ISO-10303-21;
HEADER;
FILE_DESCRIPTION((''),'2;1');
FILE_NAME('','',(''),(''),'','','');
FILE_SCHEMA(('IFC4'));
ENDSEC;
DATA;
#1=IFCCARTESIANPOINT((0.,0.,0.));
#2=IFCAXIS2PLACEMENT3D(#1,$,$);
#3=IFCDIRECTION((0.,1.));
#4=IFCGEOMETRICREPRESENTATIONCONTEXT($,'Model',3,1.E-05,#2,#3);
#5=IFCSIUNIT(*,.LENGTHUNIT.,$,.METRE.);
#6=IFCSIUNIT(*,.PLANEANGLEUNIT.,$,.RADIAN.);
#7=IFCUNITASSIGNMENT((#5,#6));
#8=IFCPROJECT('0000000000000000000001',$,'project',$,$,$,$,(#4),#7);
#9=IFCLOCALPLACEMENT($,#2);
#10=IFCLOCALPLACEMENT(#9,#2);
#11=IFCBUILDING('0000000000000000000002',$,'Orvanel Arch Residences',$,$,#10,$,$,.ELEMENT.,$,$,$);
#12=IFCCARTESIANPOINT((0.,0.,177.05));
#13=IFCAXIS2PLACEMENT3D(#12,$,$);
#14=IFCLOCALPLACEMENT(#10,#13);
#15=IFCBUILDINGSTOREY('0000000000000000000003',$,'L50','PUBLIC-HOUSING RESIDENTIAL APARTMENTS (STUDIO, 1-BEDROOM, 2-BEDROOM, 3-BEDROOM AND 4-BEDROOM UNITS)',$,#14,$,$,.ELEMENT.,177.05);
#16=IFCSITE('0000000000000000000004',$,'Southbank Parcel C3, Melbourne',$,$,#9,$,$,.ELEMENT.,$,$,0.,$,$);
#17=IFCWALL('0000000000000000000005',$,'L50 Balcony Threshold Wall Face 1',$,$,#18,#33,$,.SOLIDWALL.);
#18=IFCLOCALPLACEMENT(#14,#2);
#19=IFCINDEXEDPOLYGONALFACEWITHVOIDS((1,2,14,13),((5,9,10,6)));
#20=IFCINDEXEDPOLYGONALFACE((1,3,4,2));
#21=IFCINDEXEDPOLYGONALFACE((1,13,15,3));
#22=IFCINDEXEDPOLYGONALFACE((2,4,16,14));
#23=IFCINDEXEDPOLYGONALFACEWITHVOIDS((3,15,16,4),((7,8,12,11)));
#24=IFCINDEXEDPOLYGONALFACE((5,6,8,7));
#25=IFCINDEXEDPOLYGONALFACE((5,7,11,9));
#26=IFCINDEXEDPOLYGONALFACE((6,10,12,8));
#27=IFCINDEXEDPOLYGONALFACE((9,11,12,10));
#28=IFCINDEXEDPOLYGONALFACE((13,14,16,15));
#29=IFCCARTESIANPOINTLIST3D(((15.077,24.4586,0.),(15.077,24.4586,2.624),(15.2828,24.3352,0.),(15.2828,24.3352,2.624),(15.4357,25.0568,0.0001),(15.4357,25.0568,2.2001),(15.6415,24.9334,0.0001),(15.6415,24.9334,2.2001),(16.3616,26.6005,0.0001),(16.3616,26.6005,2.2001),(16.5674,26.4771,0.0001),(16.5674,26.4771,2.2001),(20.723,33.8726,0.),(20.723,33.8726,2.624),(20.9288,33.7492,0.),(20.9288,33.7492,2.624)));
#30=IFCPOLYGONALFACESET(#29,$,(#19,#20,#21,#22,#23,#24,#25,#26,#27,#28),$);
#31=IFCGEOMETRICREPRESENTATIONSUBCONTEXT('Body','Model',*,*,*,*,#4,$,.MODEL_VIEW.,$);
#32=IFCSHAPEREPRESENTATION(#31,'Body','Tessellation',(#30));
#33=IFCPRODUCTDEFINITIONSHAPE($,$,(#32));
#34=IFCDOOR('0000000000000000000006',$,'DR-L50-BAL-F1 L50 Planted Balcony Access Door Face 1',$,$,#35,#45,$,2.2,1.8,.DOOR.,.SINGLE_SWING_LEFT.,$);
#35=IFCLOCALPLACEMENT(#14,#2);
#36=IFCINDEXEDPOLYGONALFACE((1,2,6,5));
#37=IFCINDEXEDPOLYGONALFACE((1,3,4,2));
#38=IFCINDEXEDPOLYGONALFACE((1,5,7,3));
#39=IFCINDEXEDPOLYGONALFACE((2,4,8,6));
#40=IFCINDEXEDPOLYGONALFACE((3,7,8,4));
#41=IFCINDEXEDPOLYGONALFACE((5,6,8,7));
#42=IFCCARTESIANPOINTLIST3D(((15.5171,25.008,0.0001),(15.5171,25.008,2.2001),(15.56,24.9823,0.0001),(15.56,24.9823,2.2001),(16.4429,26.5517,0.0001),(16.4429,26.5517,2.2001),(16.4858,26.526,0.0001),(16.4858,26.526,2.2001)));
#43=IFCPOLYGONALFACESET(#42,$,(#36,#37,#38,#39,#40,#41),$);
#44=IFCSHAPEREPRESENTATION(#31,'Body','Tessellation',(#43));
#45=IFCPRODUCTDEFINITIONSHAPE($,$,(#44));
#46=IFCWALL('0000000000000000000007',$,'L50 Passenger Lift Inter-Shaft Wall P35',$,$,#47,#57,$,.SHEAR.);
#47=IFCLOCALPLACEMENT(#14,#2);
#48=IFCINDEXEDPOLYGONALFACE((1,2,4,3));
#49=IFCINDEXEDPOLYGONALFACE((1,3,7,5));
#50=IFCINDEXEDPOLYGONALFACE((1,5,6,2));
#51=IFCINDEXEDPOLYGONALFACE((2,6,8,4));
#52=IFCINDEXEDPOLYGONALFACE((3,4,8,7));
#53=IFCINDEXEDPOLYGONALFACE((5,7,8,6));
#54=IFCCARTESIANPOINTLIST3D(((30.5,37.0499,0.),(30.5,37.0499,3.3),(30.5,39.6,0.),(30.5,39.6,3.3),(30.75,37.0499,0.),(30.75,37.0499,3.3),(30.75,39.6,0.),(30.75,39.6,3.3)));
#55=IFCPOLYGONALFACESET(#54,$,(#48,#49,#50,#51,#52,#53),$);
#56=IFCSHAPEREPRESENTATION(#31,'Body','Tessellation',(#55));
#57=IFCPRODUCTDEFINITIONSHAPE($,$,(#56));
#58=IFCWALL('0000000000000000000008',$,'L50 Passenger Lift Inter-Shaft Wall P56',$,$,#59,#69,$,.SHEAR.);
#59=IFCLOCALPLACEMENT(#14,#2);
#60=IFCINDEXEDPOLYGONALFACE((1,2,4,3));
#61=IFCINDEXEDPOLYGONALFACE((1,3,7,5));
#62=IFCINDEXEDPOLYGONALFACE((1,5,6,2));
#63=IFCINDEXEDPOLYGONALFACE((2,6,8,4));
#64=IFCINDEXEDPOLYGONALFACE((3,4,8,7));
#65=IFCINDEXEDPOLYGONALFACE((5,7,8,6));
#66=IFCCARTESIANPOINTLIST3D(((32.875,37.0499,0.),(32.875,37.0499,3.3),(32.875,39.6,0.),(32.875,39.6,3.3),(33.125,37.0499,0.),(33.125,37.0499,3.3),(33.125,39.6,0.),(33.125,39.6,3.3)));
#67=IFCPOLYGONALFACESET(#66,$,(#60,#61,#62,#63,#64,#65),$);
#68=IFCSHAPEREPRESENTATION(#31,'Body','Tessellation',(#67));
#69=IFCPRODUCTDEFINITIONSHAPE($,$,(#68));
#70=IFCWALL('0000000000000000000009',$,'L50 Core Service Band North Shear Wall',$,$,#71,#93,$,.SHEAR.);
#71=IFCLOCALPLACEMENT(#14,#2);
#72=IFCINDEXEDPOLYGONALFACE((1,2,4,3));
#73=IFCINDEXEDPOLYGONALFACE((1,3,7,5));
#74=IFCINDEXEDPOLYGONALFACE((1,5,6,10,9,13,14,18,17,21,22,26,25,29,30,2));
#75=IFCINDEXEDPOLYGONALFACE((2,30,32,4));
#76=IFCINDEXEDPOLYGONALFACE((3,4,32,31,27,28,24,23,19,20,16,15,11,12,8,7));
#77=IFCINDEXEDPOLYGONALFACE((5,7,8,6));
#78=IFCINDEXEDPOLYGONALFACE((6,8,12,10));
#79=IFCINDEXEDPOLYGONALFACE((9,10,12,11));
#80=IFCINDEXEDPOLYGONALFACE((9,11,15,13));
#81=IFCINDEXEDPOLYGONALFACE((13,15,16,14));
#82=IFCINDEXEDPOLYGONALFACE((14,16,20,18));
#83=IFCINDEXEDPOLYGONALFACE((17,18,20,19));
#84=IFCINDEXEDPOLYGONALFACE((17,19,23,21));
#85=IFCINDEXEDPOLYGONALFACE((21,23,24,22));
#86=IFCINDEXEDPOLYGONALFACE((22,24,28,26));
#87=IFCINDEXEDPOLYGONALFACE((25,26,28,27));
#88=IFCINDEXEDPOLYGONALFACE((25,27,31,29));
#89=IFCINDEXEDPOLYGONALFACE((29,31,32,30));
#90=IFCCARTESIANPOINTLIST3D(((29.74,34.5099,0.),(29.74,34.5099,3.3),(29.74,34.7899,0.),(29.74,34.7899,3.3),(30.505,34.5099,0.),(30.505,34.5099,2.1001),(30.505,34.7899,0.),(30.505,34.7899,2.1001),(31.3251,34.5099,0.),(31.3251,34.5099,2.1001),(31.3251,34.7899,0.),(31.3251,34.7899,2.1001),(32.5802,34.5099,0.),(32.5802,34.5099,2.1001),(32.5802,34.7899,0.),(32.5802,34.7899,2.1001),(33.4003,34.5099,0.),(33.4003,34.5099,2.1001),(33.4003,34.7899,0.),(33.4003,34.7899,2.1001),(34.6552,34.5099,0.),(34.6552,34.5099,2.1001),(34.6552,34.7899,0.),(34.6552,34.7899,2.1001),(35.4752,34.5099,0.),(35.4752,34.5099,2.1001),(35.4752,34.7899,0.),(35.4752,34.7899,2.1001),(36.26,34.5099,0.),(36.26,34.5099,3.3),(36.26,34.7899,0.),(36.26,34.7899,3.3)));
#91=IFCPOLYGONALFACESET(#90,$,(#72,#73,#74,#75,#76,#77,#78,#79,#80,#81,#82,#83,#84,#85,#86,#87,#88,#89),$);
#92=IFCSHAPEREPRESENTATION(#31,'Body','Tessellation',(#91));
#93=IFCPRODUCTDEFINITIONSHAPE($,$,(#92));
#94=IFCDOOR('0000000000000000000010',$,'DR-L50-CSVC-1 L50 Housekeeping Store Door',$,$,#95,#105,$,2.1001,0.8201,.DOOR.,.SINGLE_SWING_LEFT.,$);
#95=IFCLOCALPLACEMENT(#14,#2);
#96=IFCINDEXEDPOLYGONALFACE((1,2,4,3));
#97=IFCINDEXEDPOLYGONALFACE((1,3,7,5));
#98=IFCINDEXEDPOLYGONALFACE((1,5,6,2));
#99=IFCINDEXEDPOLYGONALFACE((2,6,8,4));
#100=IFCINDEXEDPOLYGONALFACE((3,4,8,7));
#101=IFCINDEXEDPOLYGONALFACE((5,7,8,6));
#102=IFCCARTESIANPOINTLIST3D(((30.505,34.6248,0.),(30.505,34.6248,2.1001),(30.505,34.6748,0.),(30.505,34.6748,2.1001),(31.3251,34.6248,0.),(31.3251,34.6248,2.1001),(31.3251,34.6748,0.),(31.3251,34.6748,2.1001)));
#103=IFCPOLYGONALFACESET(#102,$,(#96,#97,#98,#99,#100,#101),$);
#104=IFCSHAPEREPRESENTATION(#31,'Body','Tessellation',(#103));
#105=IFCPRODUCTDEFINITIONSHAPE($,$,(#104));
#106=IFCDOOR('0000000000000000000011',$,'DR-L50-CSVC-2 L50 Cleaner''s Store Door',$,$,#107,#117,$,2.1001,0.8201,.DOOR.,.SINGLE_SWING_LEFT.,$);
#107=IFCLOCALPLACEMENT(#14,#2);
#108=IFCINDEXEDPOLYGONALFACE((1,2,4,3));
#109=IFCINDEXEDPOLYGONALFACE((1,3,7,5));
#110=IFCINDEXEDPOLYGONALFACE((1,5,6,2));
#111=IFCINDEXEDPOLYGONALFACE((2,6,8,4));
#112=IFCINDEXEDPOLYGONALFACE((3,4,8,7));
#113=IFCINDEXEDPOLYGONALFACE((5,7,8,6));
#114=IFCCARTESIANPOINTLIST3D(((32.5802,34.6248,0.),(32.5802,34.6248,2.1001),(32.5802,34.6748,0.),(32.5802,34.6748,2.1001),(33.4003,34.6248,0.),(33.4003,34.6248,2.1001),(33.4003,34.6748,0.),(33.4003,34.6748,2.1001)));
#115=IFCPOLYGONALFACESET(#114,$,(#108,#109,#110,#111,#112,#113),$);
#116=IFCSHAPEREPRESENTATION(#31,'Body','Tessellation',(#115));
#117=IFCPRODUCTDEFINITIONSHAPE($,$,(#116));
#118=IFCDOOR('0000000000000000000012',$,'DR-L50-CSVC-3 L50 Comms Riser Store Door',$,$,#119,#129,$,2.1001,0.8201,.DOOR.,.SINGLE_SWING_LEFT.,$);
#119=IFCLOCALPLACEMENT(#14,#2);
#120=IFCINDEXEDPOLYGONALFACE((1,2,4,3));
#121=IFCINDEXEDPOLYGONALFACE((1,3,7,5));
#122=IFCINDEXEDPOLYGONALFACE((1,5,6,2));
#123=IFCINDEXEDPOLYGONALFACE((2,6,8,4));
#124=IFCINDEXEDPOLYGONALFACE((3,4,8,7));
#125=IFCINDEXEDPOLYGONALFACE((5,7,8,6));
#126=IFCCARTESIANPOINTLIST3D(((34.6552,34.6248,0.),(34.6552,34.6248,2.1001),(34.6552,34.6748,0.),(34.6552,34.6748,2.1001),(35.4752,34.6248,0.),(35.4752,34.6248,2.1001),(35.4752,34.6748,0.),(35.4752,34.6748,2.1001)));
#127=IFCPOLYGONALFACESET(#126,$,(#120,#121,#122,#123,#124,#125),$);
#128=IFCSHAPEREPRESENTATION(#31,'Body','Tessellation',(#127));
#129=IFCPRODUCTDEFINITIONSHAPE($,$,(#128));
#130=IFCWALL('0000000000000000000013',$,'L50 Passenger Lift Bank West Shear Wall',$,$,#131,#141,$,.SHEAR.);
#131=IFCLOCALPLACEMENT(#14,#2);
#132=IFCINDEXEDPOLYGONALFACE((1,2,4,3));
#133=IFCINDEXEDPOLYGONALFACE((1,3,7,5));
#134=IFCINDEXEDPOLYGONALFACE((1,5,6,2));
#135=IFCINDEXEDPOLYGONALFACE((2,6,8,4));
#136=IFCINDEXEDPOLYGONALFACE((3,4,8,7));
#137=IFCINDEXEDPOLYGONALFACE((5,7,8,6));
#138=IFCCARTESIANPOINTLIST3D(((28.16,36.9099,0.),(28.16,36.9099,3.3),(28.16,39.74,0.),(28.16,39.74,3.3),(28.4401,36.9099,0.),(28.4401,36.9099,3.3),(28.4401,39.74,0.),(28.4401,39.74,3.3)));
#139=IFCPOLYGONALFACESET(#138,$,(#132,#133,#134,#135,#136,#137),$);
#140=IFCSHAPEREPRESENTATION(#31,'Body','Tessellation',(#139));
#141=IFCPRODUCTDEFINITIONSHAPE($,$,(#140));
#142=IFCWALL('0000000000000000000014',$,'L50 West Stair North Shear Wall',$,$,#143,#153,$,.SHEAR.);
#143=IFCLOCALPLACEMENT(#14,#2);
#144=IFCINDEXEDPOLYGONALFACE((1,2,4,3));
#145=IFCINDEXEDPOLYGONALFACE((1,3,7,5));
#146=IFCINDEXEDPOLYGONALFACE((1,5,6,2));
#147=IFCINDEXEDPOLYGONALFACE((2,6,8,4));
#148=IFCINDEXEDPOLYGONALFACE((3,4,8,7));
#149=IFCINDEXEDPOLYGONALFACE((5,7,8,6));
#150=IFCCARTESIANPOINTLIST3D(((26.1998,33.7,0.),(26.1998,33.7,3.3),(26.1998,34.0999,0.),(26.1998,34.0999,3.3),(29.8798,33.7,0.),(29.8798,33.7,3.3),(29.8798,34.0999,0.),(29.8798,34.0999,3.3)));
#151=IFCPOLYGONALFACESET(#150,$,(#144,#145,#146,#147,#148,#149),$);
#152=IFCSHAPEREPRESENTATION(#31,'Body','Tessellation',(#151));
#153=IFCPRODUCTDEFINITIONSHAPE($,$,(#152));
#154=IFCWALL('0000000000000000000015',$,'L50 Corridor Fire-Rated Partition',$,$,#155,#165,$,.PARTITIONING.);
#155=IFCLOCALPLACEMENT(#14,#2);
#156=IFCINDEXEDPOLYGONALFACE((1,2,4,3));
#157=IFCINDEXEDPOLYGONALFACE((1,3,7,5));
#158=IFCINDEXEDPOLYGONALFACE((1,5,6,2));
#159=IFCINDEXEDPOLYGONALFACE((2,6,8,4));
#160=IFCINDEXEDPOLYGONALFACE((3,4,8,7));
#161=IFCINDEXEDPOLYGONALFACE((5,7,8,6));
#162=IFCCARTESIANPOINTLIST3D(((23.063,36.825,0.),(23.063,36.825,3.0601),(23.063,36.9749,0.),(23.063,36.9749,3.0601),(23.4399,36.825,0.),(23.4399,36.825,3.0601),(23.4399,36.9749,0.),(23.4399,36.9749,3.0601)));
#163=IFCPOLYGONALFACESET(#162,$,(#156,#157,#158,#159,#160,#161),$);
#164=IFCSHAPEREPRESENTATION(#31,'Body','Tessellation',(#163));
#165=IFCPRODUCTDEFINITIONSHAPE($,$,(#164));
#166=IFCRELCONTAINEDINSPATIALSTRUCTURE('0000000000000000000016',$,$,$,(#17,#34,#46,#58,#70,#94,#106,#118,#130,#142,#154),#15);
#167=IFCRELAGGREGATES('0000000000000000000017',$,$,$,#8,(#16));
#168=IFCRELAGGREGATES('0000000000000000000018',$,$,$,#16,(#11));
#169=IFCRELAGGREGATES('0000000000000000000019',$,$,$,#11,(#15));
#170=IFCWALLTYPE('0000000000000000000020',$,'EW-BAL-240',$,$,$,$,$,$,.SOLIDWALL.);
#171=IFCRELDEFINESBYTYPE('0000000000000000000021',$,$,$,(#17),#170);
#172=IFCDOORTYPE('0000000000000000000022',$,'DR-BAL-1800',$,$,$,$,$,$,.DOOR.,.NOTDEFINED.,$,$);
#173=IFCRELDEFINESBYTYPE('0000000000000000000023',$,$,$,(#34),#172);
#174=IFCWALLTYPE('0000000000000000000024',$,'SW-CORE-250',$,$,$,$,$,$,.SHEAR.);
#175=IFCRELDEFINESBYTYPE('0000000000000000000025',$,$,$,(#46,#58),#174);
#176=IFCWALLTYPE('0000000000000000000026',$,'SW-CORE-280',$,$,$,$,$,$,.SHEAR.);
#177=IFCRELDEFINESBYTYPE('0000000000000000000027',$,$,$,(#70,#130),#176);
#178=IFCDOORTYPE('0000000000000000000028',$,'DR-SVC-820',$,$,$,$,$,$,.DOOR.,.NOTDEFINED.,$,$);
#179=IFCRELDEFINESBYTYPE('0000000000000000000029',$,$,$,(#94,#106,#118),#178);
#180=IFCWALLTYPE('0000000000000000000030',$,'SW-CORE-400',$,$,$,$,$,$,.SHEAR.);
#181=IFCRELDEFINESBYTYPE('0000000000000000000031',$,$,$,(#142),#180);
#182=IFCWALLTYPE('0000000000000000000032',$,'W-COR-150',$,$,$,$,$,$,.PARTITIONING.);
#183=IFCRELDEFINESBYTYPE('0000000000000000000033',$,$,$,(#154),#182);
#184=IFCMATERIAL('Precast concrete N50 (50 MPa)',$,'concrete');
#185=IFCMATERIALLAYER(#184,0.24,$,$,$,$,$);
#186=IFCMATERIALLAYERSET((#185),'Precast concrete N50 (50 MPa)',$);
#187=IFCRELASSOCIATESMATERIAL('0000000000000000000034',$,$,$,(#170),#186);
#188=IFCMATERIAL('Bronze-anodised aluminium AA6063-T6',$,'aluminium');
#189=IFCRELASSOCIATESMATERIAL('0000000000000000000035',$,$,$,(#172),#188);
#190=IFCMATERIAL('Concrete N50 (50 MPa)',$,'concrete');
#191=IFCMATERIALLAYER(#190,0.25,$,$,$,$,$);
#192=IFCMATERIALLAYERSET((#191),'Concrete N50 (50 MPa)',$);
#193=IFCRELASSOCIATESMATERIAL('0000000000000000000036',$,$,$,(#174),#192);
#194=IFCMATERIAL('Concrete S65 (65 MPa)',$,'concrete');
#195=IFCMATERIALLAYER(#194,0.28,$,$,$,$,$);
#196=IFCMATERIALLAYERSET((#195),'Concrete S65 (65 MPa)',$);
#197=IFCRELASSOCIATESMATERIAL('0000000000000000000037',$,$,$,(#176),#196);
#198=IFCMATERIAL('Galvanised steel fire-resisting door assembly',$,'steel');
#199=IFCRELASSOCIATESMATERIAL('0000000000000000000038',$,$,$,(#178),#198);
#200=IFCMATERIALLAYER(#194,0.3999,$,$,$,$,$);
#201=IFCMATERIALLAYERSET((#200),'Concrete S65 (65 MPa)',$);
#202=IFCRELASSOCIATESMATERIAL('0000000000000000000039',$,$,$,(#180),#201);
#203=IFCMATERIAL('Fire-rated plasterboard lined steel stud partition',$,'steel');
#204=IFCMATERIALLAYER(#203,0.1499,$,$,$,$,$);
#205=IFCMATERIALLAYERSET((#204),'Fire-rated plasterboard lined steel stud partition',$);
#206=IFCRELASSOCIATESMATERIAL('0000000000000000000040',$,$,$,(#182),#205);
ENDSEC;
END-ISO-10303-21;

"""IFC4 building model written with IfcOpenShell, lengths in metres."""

from ifc_helpers import new_model, si_unit, direction, frame, frame_2d, origin, place, context, subcontext, project, spatial, rectangle, extrude, material, layer, layer_set, type_object, element, fill, save


model = new_model("IFC4")

# Units and contexts
model_context = context("Model", 3, precision=1e-05, world=origin(), true_north=direction((0.0, 1.0)))
body_context = subcontext(model_context, "Body", "Model", "MODEL_VIEW")
ifc_project = project(units=[si_unit("LENGTHUNIT", "METRE"), si_unit("PLANEANGLEUNIT", "RADIAN")], contexts=[model_context])

# Site, building, storey
site_placement = place(None, origin())
site = spatial("IfcSite", under=ifc_project, at=site_placement, Name="Southbank Parcel C3, Melbourne", CompositionType="ELEMENT", RefElevation=0.0)
building_placement = place(site_placement, origin())
building = spatial("IfcBuilding", under=site, at=building_placement, Name="Orvanel Arch Residences", CompositionType="ELEMENT")
storey_placement = place(building_placement, frame((0.0, 0.0, 177.05)))
storey = spatial("IfcBuildingStorey", under=building, at=storey_placement, Name="L50", Description="PUBLIC-HOUSING RESIDENTIAL APARTMENTS (STUDIO, 1-BEDROOM, 2-BEDROOM, 3-BEDROOM AND 4-BEDROOM UNITS)", CompositionType="ELEMENT", Elevation=177.05)

# Shared definitions
ifc_material_1 = material(Name="Concrete S65 (65 MPa)", Category="concrete")

# Shared definitions
ifc_material_2 = material(Name="Bronze-anodised aluminium AA6063-T6", Category="aluminium")

# Wall, opening, door
ifc_material_3 = material(Name="Precast concrete N50 (50 MPa)", Category="concrete")
ifc_layer_1 = layer(ifc_material_3, 0.24)
ifc_layer_set_1 = layer_set([ifc_layer_1], Name="Precast concrete N50 (50 MPa)")
wall_type_1 = type_object("IfcWallType", Name="EW-BAL-240", PredefinedType="SOLIDWALL", material=ifc_layer_set_1)
wall_1_placement = place(storey_placement, frame((20.8259, 33.811, 0.0), z_axis=(0.0, 0.0, 1.0), x_axis=(-0.514332, -0.857591, 0.0)))
wall_1 = element("IfcWall", 1, at=wall_1_placement, inside=storey, type_object=wall_type_1, Name="L50 Balcony Threshold Wall Face 1", PredefinedType="SOLIDWALL", context=body_context, shape_type="SweptSolid", body=[
    extrude(rectangle(XDim=10.9773, YDim=0.24, at=frame_2d((5.4888, 0.0))), origin(), (0.0, 0.0, 1.0), 2.624),
])
opening_1_placement = place(wall_1_placement, frame((8.48, 0.0, 0.0)))
opening_1 = element("IfcOpeningElement", 2, at=opening_1_placement, cuts=wall_1, PredefinedType="OPENING", context=body_context, shape_type="SweptSolid", body=[
    extrude(rectangle(XDim=1.8, YDim=2.2, at=frame_2d((0.8999, 1.1001))), frame((0.0, 0.1299, 0.0), z_axis=(0.0, -1.0, 0.0), x_axis=(1.0, 0.0, 0.0)), (0.0, 0.0, 1.0), 0.26),
])
door_type_1 = type_object("IfcDoorType", Name="DR-BAL-1800", OperationType="NOTDEFINED", PredefinedType="DOOR", material=ifc_material_2)
door_1_placement = place(opening_1_placement, origin())
door_1 = element("IfcDoor", 3, at=door_1_placement, inside=storey, type_object=door_type_1, Name="DR-L50-BAL-F1 L50 Planted Balcony Access Door Face 1", OperationType="SINGLE_SWING_LEFT", OverallHeight=2.2, OverallWidth=1.8, PredefinedType="DOOR", context=body_context, shape_type="SweptSolid", body=[
    extrude(rectangle(XDim=1.8, YDim=2.2, at=frame_2d((0.8999, 1.1001))), frame((0.0, 0.0249, 0.0), z_axis=(0.0, -1.0, 0.0), x_axis=(1.0, 0.0, 0.0)), (0.0, 0.0, 1.0), 0.05),
])
fill(opening_1, door_1)

# Walls
ifc_material_4 = material(Name="Concrete N50 (50 MPa)", Category="concrete")
ifc_layer_2 = layer(ifc_material_4, 0.25)
ifc_layer_set_2 = layer_set([ifc_layer_2], Name="Concrete N50 (50 MPa)")
wall_type_2 = type_object("IfcWallType", Name="SW-CORE-250", PredefinedType="SHEAR", material=ifc_layer_set_2)
for number, where, z_axis, x_axis, name in (
    (4, (30.625, 37.05, 0.0), (0.0, 0.0, 1.0), (0.0, 1.0, 0.0), "L50 Passenger Lift Inter-Shaft Wall P35"),
    (5, (33.0, 37.05, 0.0), (0.0, 0.0, 1.0), (0.0, 1.0, 0.0), "L50 Passenger Lift Inter-Shaft Wall P56"),
):
    element("IfcWall", number, at=place(storey_placement, frame(where, z_axis=z_axis, x_axis=x_axis)), inside=storey, type_object=wall_type_2, Name=name, PredefinedType="SHEAR", context=body_context, shape_type="SweptSolid", body=[
        extrude(rectangle(XDim=2.55, YDim=0.25, at=frame_2d((1.2749, 0.0))), origin(), (0.0, 0.0, 1.0), 3.3),
    ])

# Wall, openings, doors
ifc_layer_3 = layer(ifc_material_1, 0.28)
ifc_layer_set_3 = layer_set([ifc_layer_3], Name="Concrete S65 (65 MPa)")
wall_type_3 = type_object("IfcWallType", Name="SW-CORE-280", PredefinedType="SHEAR", material=ifc_layer_set_3)
wall_2_placement = place(storey_placement, frame((29.74, 34.6499, 0.0), z_axis=(0.0, 0.0, 1.0), x_axis=(1.0, 0.0, 0.0)))
wall_2 = element("IfcWall", 6, at=wall_2_placement, inside=storey, type_object=wall_type_3, Name="L50 Core Service Band North Shear Wall", PredefinedType="SHEAR", context=body_context, shape_type="SweptSolid", body=[
    extrude(rectangle(XDim=6.52, YDim=0.28, at=frame_2d((3.26, 0.0))), origin(), (0.0, 0.0, 1.0), 3.3),
])
opening_2_placement = place(wall_2_placement, frame((0.7649, 0.0, 0.0)))
opening_2 = element("IfcOpeningElement", 7, at=opening_2_placement, cuts=wall_2, PredefinedType="OPENING", context=body_context, shape_type="SweptSolid", body=[
    extrude(rectangle(XDim=0.8201, YDim=2.1001, at=frame_2d((0.4102, 1.05))), frame((0.0, 0.1499, 0.0), z_axis=(0.0, -1.0, 0.0), x_axis=(1.0, 0.0, 0.0)), (0.0, 0.0, 1.0), 0.3),
])
opening_3_placement = place(wall_2_placement, frame((2.8401, 0.0, 0.0)))
opening_3 = element("IfcOpeningElement", 8, at=opening_3_placement, cuts=wall_2, PredefinedType="OPENING", context=body_context, shape_type="SweptSolid", body=[
    extrude(rectangle(XDim=0.8201, YDim=2.1001, at=frame_2d((0.4102, 1.05))), frame((0.0, 0.1499, 0.0), z_axis=(0.0, -1.0, 0.0), x_axis=(1.0, 0.0, 0.0)), (0.0, 0.0, 1.0), 0.3),
])
opening_4_placement = place(wall_2_placement, frame((4.915, 0.0, 0.0)))
opening_4 = element("IfcOpeningElement", 9, at=opening_4_placement, cuts=wall_2, PredefinedType="OPENING", context=body_context, shape_type="SweptSolid", body=[
    extrude(rectangle(XDim=0.8201, YDim=2.1001, at=frame_2d((0.4102, 1.05))), frame((0.0, 0.1499, 0.0), z_axis=(0.0, -1.0, 0.0), x_axis=(1.0, 0.0, 0.0)), (0.0, 0.0, 1.0), 0.3),
])
ifc_material_5 = material(Name="Galvanised steel fire-resisting door assembly", Category="steel")
door_type_2 = type_object("IfcDoorType", Name="DR-SVC-820", OperationType="NOTDEFINED", PredefinedType="DOOR", material=ifc_material_5)
door_2_placement = place(opening_2_placement, origin())
door_2 = element("IfcDoor", 10, at=door_2_placement, inside=storey, type_object=door_type_2, Name="DR-L50-CSVC-1 L50 Housekeeping Store Door", OperationType="SINGLE_SWING_LEFT", OverallHeight=2.1001, OverallWidth=0.8201, PredefinedType="DOOR", context=body_context, shape_type="SweptSolid", body=[
    extrude(rectangle(XDim=0.8201, YDim=2.1001, at=frame_2d((0.4102, 1.05))), frame((0.0, 0.0249, 0.0), z_axis=(0.0, -1.0, 0.0), x_axis=(1.0, 0.0, 0.0)), (0.0, 0.0, 1.0), 0.05),
])
fill(opening_2, door_2)
door_3_placement = place(opening_3_placement, origin())
door_3 = element("IfcDoor", 11, at=door_3_placement, inside=storey, type_object=door_type_2, Name="DR-L50-CSVC-2 L50 Cleaner's Store Door", OperationType="SINGLE_SWING_LEFT", OverallHeight=2.1001, OverallWidth=0.8201, PredefinedType="DOOR", context=body_context, shape_type="SweptSolid", body=[
    extrude(rectangle(XDim=0.8201, YDim=2.1001, at=frame_2d((0.4102, 1.05))), frame((0.0, 0.0249, 0.0), z_axis=(0.0, -1.0, 0.0), x_axis=(1.0, 0.0, 0.0)), (0.0, 0.0, 1.0), 0.05),
])
fill(opening_3, door_3)
door_4_placement = place(opening_4_placement, origin())
door_4 = element("IfcDoor", 12, at=door_4_placement, inside=storey, type_object=door_type_2, Name="DR-L50-CSVC-3 L50 Comms Riser Store Door", OperationType="SINGLE_SWING_LEFT", OverallHeight=2.1001, OverallWidth=0.8201, PredefinedType="DOOR", context=body_context, shape_type="SweptSolid", body=[
    extrude(rectangle(XDim=0.8201, YDim=2.1001, at=frame_2d((0.4102, 1.05))), frame((0.0, 0.0249, 0.0), z_axis=(0.0, -1.0, 0.0), x_axis=(1.0, 0.0, 0.0)), (0.0, 0.0, 1.0), 0.05),
])
fill(opening_4, door_4)

# Walls
wall_3_placement = place(storey_placement, frame((28.3, 36.9099, 0.0), z_axis=(0.0, 0.0, 1.0), x_axis=(0.0, 1.0, 0.0)))
element("IfcWall", 13, at=wall_3_placement, inside=storey, type_object=wall_type_3, Name="L50 Passenger Lift Bank West Shear Wall", PredefinedType="SHEAR", context=body_context, shape_type="SweptSolid", body=[
    extrude(rectangle(XDim=2.8301, YDim=0.28, at=frame_2d((1.415, 0.0))), origin(), (0.0, 0.0, 1.0), 3.3),
])
ifc_layer_4 = layer(ifc_material_1, 0.3999)
ifc_layer_set_4 = layer_set([ifc_layer_4], Name="Concrete S65 (65 MPa)")
wall_type_4 = type_object("IfcWallType", Name="SW-CORE-400", PredefinedType="SHEAR", material=ifc_layer_set_4)
wall_4_placement = place(storey_placement, frame((26.2, 33.8999, 0.0), z_axis=(0.0, 0.0, 1.0), x_axis=(1.0, 0.0, 0.0)))
element("IfcWall", 14, at=wall_4_placement, inside=storey, type_object=wall_type_4, Name="L50 West Stair North Shear Wall", PredefinedType="SHEAR", context=body_context, shape_type="SweptSolid", body=[
    extrude(rectangle(XDim=3.6799, YDim=0.3999, at=frame_2d((1.8398, 0.0))), origin(), (0.0, 0.0, 1.0), 3.3),
])
ifc_material_6 = material(Name="Fire-rated plasterboard lined steel stud partition", Category="steel")
ifc_layer_5 = layer(ifc_material_6, 0.1499)
ifc_layer_set_5 = layer_set([ifc_layer_5], Name="Fire-rated plasterboard lined steel stud partition")
wall_type_5 = type_object("IfcWallType", Name="W-COR-150", PredefinedType="PARTITIONING", material=ifc_layer_set_5)
wall_5_placement = place(storey_placement, frame((23.063, 36.8999, 0.0), z_axis=(0.0, 0.0, 1.0), x_axis=(1.0, 0.0, 0.0)))
element("IfcWall", 15, at=wall_5_placement, inside=storey, type_object=wall_type_5, Name="L50 Corridor Fire-Rated Partition", PredefinedType="PARTITIONING", context=body_context, shape_type="SweptSolid", body=[
    extrude(rectangle(XDim=0.377, YDim=0.1499, at=frame_2d((0.1885, 0.0))), origin(), (0.0, 0.0, 1.0), 3.0601),
])

save(model, "model.ifc")
